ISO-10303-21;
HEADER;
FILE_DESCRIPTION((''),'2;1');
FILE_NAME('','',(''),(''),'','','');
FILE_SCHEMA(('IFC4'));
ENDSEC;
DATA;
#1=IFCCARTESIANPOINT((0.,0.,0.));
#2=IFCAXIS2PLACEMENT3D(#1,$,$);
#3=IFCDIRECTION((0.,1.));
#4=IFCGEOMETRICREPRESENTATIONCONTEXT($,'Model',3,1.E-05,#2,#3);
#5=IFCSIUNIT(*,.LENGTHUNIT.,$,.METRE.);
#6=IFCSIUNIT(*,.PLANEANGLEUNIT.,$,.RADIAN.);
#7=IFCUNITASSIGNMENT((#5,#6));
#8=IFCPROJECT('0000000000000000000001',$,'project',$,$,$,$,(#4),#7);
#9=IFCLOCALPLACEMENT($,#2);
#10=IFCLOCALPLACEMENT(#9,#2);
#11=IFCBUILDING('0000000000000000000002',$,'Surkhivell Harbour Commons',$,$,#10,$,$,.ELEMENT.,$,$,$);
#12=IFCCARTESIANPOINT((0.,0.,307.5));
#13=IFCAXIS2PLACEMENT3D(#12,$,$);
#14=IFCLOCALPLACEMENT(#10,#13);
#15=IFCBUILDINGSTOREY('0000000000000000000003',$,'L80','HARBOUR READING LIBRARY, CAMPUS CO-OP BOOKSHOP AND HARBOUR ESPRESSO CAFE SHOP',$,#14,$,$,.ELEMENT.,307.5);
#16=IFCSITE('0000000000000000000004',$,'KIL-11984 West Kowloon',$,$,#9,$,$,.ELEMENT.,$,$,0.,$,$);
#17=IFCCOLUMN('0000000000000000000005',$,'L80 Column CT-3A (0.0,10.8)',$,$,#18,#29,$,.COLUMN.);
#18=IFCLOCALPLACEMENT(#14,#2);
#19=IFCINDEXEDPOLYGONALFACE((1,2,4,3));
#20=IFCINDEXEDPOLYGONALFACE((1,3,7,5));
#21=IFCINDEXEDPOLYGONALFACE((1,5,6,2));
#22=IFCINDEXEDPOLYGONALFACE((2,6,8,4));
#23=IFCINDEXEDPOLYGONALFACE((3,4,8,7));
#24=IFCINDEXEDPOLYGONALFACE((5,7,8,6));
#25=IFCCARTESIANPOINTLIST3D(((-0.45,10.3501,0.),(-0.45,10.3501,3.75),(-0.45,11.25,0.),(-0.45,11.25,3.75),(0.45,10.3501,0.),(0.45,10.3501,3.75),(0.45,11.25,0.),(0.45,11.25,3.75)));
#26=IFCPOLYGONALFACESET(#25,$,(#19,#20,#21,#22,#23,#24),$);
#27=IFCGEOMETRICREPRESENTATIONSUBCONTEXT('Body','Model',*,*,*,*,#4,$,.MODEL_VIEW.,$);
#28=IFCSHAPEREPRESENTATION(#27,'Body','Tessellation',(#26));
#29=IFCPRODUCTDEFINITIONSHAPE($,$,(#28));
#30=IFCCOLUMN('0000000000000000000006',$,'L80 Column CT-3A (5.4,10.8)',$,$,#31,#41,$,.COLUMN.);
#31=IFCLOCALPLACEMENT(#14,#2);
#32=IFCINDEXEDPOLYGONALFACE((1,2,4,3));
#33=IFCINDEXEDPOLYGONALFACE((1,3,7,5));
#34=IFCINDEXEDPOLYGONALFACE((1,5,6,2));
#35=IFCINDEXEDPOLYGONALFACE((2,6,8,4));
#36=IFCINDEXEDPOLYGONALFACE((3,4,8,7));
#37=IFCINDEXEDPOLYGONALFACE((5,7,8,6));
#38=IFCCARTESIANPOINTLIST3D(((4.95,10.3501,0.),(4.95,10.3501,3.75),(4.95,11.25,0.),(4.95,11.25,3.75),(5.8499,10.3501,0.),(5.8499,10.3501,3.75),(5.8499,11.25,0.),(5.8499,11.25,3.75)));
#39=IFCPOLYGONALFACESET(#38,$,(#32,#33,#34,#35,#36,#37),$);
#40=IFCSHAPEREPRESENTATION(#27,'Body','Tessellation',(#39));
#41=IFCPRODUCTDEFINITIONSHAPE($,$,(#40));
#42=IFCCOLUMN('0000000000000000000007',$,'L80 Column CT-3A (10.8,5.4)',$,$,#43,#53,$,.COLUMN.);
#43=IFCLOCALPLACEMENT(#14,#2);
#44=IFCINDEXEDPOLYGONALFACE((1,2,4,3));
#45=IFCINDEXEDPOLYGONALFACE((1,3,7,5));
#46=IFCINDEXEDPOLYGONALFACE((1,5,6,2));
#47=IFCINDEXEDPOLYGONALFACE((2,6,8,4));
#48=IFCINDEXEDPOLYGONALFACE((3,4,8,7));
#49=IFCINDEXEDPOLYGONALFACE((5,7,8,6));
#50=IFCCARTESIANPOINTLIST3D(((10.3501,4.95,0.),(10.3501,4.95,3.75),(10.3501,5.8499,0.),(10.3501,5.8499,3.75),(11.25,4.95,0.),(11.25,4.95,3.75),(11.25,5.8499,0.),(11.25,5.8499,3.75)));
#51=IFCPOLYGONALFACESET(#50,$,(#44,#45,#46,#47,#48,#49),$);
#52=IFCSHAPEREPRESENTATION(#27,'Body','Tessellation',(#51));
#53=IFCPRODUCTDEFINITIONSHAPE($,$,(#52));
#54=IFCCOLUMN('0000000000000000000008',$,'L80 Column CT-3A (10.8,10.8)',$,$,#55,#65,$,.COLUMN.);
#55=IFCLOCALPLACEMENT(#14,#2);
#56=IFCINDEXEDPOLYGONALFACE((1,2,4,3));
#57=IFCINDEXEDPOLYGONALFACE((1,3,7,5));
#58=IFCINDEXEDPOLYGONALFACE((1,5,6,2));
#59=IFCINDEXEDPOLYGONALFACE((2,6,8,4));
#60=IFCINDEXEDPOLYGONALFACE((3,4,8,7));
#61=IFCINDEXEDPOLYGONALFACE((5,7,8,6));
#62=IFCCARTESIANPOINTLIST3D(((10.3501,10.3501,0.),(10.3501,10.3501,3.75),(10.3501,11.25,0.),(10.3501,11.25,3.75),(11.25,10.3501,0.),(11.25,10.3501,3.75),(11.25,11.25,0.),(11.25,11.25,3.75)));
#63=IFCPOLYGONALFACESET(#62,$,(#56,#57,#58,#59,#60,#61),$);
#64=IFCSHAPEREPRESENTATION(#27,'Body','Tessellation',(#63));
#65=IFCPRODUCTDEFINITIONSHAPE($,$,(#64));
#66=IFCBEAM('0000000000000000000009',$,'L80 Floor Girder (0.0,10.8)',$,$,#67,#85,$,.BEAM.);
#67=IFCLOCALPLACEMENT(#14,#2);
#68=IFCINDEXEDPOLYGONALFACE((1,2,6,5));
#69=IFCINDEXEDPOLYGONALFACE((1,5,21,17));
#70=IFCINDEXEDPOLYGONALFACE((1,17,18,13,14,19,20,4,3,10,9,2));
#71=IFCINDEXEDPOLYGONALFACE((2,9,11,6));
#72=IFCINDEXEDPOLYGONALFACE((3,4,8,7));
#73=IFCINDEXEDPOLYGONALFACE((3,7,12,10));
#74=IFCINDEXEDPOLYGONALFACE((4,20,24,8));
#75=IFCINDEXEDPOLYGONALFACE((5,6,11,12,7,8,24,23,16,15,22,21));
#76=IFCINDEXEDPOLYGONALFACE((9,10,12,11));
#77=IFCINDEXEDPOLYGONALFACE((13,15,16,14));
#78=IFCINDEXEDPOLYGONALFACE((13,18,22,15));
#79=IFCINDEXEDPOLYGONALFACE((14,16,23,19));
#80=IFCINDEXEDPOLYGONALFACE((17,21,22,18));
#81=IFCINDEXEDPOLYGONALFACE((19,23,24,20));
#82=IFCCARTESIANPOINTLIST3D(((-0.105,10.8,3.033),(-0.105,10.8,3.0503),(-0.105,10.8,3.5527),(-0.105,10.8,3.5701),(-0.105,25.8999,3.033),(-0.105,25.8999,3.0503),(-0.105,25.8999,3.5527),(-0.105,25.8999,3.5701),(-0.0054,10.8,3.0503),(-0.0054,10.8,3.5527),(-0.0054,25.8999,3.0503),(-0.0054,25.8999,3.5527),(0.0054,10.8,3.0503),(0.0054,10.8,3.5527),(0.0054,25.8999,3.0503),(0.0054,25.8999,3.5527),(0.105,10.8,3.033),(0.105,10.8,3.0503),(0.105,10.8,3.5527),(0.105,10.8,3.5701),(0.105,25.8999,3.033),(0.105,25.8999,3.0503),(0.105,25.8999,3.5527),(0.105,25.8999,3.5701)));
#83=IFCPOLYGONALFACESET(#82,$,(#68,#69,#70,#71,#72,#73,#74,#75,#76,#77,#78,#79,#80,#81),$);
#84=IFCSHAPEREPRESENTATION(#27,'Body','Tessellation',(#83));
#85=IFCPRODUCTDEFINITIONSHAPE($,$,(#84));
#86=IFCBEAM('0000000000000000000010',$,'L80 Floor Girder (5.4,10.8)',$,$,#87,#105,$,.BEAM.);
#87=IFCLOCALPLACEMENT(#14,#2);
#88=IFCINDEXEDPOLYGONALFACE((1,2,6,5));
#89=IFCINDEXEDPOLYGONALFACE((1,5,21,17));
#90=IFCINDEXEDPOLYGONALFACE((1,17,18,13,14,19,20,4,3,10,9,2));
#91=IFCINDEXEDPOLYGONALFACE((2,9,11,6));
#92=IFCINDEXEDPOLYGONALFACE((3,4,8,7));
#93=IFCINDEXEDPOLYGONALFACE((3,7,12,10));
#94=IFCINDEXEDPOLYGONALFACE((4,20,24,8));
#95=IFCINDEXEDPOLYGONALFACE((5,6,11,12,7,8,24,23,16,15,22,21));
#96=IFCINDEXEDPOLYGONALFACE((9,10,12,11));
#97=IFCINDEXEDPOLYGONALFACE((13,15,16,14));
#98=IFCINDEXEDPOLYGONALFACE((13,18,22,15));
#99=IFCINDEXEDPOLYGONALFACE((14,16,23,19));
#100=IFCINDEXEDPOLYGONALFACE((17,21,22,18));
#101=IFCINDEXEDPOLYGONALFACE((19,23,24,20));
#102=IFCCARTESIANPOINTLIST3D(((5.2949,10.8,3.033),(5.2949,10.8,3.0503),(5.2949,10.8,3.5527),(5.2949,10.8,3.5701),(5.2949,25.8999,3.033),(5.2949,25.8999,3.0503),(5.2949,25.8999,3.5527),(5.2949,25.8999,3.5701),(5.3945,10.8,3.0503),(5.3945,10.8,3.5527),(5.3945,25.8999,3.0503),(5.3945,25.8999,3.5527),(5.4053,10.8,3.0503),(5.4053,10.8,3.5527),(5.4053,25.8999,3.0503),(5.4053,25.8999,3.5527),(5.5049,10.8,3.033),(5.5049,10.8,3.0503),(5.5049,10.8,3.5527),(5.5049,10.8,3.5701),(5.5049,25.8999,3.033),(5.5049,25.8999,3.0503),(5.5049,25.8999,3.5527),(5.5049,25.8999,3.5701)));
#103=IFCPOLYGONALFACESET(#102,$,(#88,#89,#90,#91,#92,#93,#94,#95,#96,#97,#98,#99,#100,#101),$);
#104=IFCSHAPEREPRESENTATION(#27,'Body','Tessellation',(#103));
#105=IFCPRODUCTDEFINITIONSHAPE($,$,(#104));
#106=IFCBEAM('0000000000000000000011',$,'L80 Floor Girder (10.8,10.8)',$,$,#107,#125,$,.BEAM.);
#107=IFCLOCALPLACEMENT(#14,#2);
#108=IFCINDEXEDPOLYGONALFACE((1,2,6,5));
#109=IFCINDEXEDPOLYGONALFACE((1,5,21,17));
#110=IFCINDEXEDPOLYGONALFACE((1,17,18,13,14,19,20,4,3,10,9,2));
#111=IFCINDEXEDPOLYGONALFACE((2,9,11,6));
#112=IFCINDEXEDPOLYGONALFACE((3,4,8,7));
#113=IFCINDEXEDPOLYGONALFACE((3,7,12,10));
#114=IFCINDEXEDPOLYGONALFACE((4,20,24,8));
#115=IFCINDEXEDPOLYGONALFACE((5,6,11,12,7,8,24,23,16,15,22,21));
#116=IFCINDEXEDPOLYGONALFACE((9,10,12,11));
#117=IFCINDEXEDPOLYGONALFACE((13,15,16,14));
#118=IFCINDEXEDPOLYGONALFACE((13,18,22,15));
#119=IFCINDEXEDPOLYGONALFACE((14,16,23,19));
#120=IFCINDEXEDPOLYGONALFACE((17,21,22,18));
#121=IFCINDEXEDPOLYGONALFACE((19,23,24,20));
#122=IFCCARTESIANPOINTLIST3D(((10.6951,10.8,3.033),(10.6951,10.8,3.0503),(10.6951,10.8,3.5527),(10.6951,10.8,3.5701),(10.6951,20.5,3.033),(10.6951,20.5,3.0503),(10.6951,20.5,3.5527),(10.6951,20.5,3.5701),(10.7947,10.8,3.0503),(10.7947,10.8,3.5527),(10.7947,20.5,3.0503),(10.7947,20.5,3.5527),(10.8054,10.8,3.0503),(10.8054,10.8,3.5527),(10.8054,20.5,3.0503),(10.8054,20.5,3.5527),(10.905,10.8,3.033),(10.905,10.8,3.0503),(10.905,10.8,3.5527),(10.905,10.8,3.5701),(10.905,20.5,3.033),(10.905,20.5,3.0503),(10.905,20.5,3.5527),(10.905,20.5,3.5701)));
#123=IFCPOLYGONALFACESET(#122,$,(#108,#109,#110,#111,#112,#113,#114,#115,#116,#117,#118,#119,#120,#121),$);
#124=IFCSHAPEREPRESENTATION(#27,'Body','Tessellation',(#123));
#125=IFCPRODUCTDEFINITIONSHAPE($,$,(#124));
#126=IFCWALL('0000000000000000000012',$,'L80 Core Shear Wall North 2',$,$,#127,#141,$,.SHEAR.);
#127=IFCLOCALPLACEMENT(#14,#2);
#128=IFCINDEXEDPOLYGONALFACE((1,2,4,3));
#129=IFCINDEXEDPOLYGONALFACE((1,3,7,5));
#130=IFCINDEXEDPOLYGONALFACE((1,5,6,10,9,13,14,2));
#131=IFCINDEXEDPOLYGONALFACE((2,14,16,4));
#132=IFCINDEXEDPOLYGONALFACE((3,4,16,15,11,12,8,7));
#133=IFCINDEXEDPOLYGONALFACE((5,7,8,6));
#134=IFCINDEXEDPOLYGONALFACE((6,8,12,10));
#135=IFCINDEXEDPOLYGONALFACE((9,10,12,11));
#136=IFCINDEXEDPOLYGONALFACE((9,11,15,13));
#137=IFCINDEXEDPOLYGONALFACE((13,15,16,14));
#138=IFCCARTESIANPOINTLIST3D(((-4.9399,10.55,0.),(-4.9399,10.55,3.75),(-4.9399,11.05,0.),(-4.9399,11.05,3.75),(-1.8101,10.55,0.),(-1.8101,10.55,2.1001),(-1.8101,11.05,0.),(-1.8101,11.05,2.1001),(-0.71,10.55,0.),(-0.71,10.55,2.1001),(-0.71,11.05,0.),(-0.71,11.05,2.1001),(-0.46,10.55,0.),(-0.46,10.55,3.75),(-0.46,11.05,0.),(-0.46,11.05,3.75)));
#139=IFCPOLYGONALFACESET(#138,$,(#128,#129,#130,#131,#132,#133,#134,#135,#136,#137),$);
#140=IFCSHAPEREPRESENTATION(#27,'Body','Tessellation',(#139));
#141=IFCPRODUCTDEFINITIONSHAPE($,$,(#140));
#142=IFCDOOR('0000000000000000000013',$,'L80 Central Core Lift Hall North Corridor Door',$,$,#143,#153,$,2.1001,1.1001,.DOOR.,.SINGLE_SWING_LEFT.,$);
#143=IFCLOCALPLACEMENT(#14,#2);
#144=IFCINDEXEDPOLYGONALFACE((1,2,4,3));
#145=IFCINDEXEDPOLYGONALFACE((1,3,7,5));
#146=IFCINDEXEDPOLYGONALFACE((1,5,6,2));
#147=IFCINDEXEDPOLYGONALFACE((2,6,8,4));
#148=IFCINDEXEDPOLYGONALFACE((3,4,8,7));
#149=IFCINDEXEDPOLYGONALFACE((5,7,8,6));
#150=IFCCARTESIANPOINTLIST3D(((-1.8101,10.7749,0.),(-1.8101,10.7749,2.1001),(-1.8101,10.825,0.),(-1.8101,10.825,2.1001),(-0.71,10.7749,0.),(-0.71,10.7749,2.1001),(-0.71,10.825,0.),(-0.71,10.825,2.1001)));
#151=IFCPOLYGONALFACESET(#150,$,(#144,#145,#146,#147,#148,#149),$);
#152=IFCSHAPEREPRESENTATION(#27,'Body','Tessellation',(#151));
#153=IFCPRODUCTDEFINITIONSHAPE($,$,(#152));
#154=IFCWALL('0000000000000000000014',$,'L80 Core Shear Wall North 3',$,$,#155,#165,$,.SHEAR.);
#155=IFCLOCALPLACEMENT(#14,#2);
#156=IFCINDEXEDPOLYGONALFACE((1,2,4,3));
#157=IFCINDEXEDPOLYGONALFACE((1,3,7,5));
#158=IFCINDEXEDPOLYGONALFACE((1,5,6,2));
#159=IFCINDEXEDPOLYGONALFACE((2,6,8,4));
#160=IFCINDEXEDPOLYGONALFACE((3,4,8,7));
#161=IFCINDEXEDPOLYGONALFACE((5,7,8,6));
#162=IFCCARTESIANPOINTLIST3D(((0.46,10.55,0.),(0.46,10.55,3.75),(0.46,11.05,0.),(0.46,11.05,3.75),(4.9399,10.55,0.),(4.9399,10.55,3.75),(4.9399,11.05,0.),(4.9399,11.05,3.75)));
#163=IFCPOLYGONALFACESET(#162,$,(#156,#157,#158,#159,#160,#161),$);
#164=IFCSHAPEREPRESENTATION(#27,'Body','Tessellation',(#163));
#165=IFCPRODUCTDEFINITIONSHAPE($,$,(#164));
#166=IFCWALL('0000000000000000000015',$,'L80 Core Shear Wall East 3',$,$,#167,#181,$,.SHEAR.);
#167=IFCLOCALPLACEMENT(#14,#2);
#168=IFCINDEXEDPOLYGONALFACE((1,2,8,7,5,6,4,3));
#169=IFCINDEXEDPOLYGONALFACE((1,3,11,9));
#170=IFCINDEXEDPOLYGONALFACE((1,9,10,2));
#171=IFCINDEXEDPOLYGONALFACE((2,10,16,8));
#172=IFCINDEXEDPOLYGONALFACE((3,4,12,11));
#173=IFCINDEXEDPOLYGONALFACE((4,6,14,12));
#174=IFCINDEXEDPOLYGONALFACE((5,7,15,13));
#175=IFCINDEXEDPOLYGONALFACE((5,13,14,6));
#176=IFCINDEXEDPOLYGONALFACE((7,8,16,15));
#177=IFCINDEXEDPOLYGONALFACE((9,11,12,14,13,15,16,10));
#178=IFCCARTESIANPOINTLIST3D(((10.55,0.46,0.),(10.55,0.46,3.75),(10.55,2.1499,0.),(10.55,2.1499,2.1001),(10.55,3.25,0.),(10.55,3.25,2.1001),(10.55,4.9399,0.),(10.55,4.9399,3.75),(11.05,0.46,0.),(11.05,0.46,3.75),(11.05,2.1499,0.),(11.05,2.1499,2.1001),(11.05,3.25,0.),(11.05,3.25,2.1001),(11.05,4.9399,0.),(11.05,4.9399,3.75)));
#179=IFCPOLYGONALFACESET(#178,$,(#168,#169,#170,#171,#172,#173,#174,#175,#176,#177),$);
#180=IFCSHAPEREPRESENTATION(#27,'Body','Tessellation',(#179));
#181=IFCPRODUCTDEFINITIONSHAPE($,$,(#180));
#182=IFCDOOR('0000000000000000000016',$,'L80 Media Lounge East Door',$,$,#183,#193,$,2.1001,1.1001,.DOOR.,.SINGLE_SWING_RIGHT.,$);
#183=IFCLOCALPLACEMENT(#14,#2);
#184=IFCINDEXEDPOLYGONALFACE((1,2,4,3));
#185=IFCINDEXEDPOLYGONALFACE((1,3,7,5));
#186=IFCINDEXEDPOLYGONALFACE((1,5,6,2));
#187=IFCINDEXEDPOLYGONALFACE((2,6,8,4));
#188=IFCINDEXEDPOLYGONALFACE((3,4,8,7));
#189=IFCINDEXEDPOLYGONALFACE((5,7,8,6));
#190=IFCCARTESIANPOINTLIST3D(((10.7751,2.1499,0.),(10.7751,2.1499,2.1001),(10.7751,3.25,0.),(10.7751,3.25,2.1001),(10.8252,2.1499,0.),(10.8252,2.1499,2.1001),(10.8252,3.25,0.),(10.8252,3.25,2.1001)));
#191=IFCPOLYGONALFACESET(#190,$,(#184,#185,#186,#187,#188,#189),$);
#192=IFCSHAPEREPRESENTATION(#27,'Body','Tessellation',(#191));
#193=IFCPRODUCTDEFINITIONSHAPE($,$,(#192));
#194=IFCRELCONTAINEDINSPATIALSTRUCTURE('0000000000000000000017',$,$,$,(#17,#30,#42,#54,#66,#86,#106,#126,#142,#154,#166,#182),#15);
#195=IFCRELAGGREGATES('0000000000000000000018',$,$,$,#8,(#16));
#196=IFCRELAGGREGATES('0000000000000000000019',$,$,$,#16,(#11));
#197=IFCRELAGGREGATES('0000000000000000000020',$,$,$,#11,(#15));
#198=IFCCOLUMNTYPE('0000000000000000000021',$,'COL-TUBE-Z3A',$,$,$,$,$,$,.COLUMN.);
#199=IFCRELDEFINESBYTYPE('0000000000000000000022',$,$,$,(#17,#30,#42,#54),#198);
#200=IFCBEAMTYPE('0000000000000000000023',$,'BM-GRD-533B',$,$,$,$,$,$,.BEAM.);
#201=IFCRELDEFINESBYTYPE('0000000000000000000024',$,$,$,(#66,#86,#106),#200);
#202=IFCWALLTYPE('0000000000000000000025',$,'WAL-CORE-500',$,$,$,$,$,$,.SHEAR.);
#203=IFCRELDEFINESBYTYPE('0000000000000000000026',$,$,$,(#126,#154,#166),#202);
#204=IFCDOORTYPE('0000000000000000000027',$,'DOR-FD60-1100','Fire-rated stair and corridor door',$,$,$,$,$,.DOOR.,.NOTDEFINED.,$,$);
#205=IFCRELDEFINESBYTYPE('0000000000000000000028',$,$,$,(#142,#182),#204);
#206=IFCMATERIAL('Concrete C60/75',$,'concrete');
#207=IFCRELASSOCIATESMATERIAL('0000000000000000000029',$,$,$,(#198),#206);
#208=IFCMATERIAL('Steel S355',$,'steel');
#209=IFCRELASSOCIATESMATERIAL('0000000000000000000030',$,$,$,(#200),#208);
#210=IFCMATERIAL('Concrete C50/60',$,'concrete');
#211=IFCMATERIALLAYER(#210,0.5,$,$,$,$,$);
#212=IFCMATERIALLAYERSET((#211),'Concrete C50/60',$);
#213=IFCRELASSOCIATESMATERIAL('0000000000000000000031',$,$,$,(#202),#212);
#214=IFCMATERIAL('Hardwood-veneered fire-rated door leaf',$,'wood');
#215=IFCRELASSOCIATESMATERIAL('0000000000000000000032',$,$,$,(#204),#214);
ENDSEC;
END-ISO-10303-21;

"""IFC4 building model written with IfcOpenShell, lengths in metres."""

from ifc_helpers import new_model, si_unit, direction, frame, frame_2d, origin, origin_2d, place, context, subcontext, project, spatial, rectangle, i_section, extrude, material, layer, layer_set, material_profile, profile_set, type_object, element, fill, save


model = new_model("IFC4")

# Units and contexts
model_context = context("Model", 3, precision=1e-05, world=origin(), true_north=direction((0.0, 1.0)))
body_context = subcontext(model_context, "Body", "Model", "MODEL_VIEW")
ifc_project = project(units=[si_unit("LENGTHUNIT", "METRE"), si_unit("PLANEANGLEUNIT", "RADIAN")], contexts=[model_context])

# Site, building, storey
site_placement = place(None, origin())
site = spatial("IfcSite", under=ifc_project, at=site_placement, Name="KIL-11984 West Kowloon", CompositionType="ELEMENT", RefElevation=0.0)
building_placement = place(site_placement, origin())
building = spatial("IfcBuilding", under=site, at=building_placement, Name="Surkhivell Harbour Commons", CompositionType="ELEMENT")
storey_placement = place(building_placement, frame((0.0, 0.0, 307.5)))
storey = spatial("IfcBuildingStorey", under=building, at=storey_placement, Name="L80", Description="HARBOUR READING LIBRARY, CAMPUS CO-OP BOOKSHOP AND HARBOUR ESPRESSO CAFE SHOP", CompositionType="ELEMENT", Elevation=307.5)

# Columns
ifc_material_1 = material(Name="Concrete C60/75", Category="concrete")
ifc_material_profile_1 = material_profile(ifc_material_1, rectangle(XDim=0.8999, YDim=0.8999, at=origin_2d()), Name="RC-COL-900x900")
ifc_profile_set_1 = profile_set([ifc_material_profile_1], Name="Concrete C60/75")
column_type = type_object("IfcColumnType", Name="COL-TUBE-Z3A", PredefinedType="COLUMN", material=ifc_profile_set_1)
for number, where, z_axis, x_axis, name in (
    (1, (0.0, 10.8, 0.0), (0.0, 0.0, 1.0), (1.0, 0.0, 0.0), "L80 Column CT-3A (0.0,10.8)"),
    (2, (5.3999, 10.8, 0.0), (0.0, 0.0, 1.0), (1.0, 0.0, 0.0), "L80 Column CT-3A (5.4,10.8)"),
    (3, (10.8, 5.3999, 0.0), (0.0, 0.0, 1.0), (1.0, 0.0, 0.0), "L80 Column CT-3A (10.8,5.4)"),
    (4, (10.8, 10.8, 0.0), (0.0, 0.0, 1.0), (1.0, 0.0, 0.0), "L80 Column CT-3A (10.8,10.8)"),
):
    element("IfcColumn", number, at=place(storey_placement, frame(where, z_axis=z_axis, x_axis=x_axis)), inside=storey, type_object=column_type, Name=name, PredefinedType="COLUMN", context=body_context, shape_type="SweptSolid", body=[
        extrude(rectangle(XDim=0.8999, YDim=0.8999, at=origin_2d()), origin(), (0.0, 0.0, 1.0), 3.75),
    ])

# Beams
ifc_material_2 = material(Name="Steel S355", Category="steel")
ifc_material_profile_2 = material_profile(ifc_material_2, i_section(OverallWidth=0.21, OverallDepth=0.5371, WebThickness=0.0107, FlangeThickness=0.0173, at=origin_2d()), Name="UB533x210x101")
ifc_profile_set_2 = profile_set([ifc_material_profile_2], Name="Steel S355")
beam_type = type_object("IfcBeamType", Name="BM-GRD-533B", PredefinedType="BEAM", material=ifc_profile_set_2)
for number, where, z_axis, x_axis, name in (
    (5, (0.0, 10.8, 3.3015), (0.0, 1.0, 0.0), (-1.0, 0.0, 0.0), "L80 Floor Girder (0.0,10.8)"),
    (6, (5.3999, 10.8, 3.3015), (0.0, 1.0, 0.0), (-1.0, 0.0, 0.0), "L80 Floor Girder (5.4,10.8)"),
):
    element("IfcBeam", number, at=place(storey_placement, frame(where, z_axis=z_axis, x_axis=x_axis)), inside=storey, type_object=beam_type, Name=name, PredefinedType="BEAM", context=body_context, shape_type="SweptSolid", body=[
        extrude(i_section(OverallWidth=0.21, OverallDepth=0.5371, WebThickness=0.0107, FlangeThickness=0.0173, at=origin_2d()), origin(), (0.0, 0.0, 1.0), 15.0999),
    ])
beam_placement = place(storey_placement, frame((10.8, 10.8, 3.3015), z_axis=(0.0, 1.0, 0.0), x_axis=(-1.0, 0.0, 0.0)))
element("IfcBeam", 7, at=beam_placement, inside=storey, type_object=beam_type, Name="L80 Floor Girder (10.8,10.8)", PredefinedType="BEAM", context=body_context, shape_type="SweptSolid", body=[
    extrude(i_section(OverallWidth=0.21, OverallDepth=0.5371, WebThickness=0.0107, FlangeThickness=0.0173, at=origin_2d()), origin(), (0.0, 0.0, 1.0), 9.7),
])

# Wall, opening, door
ifc_material_3 = material(Name="Concrete C50/60", Category="concrete")
ifc_layer_1 = layer(ifc_material_3, 0.5)
ifc_layer_set_1 = layer_set([ifc_layer_1], Name="Concrete C50/60")
wall_type_1 = type_object("IfcWallType", Name="WAL-CORE-500", PredefinedType="SHEAR", material=ifc_layer_set_1)
wall_1_placement = place(storey_placement, frame((-4.9399, 10.8, 0.0), z_axis=(0.0, 0.0, 1.0), x_axis=(1.0, 0.0, 0.0)))
wall_1 = element("IfcWall", 8, at=wall_1_placement, inside=storey, type_object=wall_type_1, Name="L80 Core Shear Wall North 2", PredefinedType="SHEAR", context=body_context, shape_type="SweptSolid", body=[
    extrude(rectangle(XDim=4.48, YDim=0.5, at=frame_2d((2.24, 0.0))), origin(), (0.0, 0.0, 1.0), 3.75),
])
opening_1_placement = place(wall_1_placement, frame((3.1299, 0.0, 0.0)))
opening_1 = element("IfcOpeningElement", 9, at=opening_1_placement, cuts=wall_1, PredefinedType="OPENING", context=body_context, shape_type="SweptSolid", body=[
    extrude(rectangle(XDim=1.1001, YDim=2.1001, at=frame_2d((0.55, 1.05))), frame((0.0, 0.26, 0.0), z_axis=(0.0, -1.0, 0.0), x_axis=(1.0, 0.0, 0.0)), (0.0, 0.0, 1.0), 0.52),
])
ifc_material_4 = material(Name="Hardwood-veneered fire-rated door leaf", Category="wood")
door_type_1 = type_object("IfcDoorType", Name="DOR-FD60-1100", Description="Fire-rated stair and corridor door", OperationType="NOTDEFINED", PredefinedType="DOOR", material=ifc_material_4)
door_1_placement = place(opening_1_placement, origin())
door_1 = element("IfcDoor", 10, at=door_1_placement, inside=storey, type_object=door_type_1, Name="L80 Central Core Lift Hall North Corridor Door", OperationType="SINGLE_SWING_LEFT", OverallHeight=2.1001, OverallWidth=1.1001, PredefinedType="DOOR", context=body_context, shape_type="SweptSolid", body=[
    extrude(rectangle(XDim=1.1001, YDim=2.1001, at=frame_2d((0.55, 1.05))), frame((0.0, 0.0249, 0.0), z_axis=(0.0, -1.0, 0.0), x_axis=(1.0, 0.0, 0.0)), (0.0, 0.0, 1.0), 0.05),
])
fill(opening_1, door_1)

# Wall
wall_2_placement = place(storey_placement, frame((0.46, 10.8, 0.0), z_axis=(0.0, 0.0, 1.0), x_axis=(1.0, 0.0, 0.0)))
element("IfcWall", 11, at=wall_2_placement, inside=storey, type_object=wall_type_1, Name="L80 Core Shear Wall North 3", PredefinedType="SHEAR", context=body_context, shape_type="SweptSolid", body=[
    extrude(rectangle(XDim=4.48, YDim=0.5, at=frame_2d((2.24, 0.0))), origin(), (0.0, 0.0, 1.0), 3.75),
])

# Wall, opening, door
wall_3_placement = place(storey_placement, frame((10.8, 0.46, 0.0), z_axis=(0.0, 0.0, 1.0), x_axis=(0.0, 1.0, 0.0)))
wall_3 = element("IfcWall", 12, at=wall_3_placement, inside=storey, type_object=wall_type_1, Name="L80 Core Shear Wall East 3", PredefinedType="SHEAR", context=body_context, shape_type="SweptSolid", body=[
    extrude(rectangle(XDim=4.48, YDim=0.5, at=frame_2d((2.24, 0.0))), origin(), (0.0, 0.0, 1.0), 3.75),
])
opening_2_placement = place(wall_3_placement, frame((1.6899, 0.0, 0.0)))
opening_2 = element("IfcOpeningElement", 13, at=opening_2_placement, cuts=wall_3, PredefinedType="OPENING", context=body_context, shape_type="SweptSolid", body=[
    extrude(rectangle(XDim=1.1001, YDim=2.1001, at=frame_2d((0.55, 1.05))), frame((0.0, 0.26, 0.0), z_axis=(0.0, -1.0, 0.0), x_axis=(1.0, 0.0, 0.0)), (0.0, 0.0, 1.0), 0.52),
])
door_2_placement = place(opening_2_placement, origin())
door_2 = element("IfcDoor", 14, at=door_2_placement, inside=storey, type_object=door_type_1, Name="L80 Media Lounge East Door", OperationType="SINGLE_SWING_RIGHT", OverallHeight=2.1001, OverallWidth=1.1001, PredefinedType="DOOR", context=body_context, shape_type="SweptSolid", body=[
    extrude(rectangle(XDim=1.1001, YDim=2.1001, at=frame_2d((0.55, 1.05))), frame((0.0, 0.0249, 0.0), z_axis=(0.0, -1.0, 0.0), x_axis=(1.0, 0.0, 0.0)), (0.0, 0.0, 1.0), 0.05),
])
fill(opening_2, door_2)

save(model, "model.ifc")
